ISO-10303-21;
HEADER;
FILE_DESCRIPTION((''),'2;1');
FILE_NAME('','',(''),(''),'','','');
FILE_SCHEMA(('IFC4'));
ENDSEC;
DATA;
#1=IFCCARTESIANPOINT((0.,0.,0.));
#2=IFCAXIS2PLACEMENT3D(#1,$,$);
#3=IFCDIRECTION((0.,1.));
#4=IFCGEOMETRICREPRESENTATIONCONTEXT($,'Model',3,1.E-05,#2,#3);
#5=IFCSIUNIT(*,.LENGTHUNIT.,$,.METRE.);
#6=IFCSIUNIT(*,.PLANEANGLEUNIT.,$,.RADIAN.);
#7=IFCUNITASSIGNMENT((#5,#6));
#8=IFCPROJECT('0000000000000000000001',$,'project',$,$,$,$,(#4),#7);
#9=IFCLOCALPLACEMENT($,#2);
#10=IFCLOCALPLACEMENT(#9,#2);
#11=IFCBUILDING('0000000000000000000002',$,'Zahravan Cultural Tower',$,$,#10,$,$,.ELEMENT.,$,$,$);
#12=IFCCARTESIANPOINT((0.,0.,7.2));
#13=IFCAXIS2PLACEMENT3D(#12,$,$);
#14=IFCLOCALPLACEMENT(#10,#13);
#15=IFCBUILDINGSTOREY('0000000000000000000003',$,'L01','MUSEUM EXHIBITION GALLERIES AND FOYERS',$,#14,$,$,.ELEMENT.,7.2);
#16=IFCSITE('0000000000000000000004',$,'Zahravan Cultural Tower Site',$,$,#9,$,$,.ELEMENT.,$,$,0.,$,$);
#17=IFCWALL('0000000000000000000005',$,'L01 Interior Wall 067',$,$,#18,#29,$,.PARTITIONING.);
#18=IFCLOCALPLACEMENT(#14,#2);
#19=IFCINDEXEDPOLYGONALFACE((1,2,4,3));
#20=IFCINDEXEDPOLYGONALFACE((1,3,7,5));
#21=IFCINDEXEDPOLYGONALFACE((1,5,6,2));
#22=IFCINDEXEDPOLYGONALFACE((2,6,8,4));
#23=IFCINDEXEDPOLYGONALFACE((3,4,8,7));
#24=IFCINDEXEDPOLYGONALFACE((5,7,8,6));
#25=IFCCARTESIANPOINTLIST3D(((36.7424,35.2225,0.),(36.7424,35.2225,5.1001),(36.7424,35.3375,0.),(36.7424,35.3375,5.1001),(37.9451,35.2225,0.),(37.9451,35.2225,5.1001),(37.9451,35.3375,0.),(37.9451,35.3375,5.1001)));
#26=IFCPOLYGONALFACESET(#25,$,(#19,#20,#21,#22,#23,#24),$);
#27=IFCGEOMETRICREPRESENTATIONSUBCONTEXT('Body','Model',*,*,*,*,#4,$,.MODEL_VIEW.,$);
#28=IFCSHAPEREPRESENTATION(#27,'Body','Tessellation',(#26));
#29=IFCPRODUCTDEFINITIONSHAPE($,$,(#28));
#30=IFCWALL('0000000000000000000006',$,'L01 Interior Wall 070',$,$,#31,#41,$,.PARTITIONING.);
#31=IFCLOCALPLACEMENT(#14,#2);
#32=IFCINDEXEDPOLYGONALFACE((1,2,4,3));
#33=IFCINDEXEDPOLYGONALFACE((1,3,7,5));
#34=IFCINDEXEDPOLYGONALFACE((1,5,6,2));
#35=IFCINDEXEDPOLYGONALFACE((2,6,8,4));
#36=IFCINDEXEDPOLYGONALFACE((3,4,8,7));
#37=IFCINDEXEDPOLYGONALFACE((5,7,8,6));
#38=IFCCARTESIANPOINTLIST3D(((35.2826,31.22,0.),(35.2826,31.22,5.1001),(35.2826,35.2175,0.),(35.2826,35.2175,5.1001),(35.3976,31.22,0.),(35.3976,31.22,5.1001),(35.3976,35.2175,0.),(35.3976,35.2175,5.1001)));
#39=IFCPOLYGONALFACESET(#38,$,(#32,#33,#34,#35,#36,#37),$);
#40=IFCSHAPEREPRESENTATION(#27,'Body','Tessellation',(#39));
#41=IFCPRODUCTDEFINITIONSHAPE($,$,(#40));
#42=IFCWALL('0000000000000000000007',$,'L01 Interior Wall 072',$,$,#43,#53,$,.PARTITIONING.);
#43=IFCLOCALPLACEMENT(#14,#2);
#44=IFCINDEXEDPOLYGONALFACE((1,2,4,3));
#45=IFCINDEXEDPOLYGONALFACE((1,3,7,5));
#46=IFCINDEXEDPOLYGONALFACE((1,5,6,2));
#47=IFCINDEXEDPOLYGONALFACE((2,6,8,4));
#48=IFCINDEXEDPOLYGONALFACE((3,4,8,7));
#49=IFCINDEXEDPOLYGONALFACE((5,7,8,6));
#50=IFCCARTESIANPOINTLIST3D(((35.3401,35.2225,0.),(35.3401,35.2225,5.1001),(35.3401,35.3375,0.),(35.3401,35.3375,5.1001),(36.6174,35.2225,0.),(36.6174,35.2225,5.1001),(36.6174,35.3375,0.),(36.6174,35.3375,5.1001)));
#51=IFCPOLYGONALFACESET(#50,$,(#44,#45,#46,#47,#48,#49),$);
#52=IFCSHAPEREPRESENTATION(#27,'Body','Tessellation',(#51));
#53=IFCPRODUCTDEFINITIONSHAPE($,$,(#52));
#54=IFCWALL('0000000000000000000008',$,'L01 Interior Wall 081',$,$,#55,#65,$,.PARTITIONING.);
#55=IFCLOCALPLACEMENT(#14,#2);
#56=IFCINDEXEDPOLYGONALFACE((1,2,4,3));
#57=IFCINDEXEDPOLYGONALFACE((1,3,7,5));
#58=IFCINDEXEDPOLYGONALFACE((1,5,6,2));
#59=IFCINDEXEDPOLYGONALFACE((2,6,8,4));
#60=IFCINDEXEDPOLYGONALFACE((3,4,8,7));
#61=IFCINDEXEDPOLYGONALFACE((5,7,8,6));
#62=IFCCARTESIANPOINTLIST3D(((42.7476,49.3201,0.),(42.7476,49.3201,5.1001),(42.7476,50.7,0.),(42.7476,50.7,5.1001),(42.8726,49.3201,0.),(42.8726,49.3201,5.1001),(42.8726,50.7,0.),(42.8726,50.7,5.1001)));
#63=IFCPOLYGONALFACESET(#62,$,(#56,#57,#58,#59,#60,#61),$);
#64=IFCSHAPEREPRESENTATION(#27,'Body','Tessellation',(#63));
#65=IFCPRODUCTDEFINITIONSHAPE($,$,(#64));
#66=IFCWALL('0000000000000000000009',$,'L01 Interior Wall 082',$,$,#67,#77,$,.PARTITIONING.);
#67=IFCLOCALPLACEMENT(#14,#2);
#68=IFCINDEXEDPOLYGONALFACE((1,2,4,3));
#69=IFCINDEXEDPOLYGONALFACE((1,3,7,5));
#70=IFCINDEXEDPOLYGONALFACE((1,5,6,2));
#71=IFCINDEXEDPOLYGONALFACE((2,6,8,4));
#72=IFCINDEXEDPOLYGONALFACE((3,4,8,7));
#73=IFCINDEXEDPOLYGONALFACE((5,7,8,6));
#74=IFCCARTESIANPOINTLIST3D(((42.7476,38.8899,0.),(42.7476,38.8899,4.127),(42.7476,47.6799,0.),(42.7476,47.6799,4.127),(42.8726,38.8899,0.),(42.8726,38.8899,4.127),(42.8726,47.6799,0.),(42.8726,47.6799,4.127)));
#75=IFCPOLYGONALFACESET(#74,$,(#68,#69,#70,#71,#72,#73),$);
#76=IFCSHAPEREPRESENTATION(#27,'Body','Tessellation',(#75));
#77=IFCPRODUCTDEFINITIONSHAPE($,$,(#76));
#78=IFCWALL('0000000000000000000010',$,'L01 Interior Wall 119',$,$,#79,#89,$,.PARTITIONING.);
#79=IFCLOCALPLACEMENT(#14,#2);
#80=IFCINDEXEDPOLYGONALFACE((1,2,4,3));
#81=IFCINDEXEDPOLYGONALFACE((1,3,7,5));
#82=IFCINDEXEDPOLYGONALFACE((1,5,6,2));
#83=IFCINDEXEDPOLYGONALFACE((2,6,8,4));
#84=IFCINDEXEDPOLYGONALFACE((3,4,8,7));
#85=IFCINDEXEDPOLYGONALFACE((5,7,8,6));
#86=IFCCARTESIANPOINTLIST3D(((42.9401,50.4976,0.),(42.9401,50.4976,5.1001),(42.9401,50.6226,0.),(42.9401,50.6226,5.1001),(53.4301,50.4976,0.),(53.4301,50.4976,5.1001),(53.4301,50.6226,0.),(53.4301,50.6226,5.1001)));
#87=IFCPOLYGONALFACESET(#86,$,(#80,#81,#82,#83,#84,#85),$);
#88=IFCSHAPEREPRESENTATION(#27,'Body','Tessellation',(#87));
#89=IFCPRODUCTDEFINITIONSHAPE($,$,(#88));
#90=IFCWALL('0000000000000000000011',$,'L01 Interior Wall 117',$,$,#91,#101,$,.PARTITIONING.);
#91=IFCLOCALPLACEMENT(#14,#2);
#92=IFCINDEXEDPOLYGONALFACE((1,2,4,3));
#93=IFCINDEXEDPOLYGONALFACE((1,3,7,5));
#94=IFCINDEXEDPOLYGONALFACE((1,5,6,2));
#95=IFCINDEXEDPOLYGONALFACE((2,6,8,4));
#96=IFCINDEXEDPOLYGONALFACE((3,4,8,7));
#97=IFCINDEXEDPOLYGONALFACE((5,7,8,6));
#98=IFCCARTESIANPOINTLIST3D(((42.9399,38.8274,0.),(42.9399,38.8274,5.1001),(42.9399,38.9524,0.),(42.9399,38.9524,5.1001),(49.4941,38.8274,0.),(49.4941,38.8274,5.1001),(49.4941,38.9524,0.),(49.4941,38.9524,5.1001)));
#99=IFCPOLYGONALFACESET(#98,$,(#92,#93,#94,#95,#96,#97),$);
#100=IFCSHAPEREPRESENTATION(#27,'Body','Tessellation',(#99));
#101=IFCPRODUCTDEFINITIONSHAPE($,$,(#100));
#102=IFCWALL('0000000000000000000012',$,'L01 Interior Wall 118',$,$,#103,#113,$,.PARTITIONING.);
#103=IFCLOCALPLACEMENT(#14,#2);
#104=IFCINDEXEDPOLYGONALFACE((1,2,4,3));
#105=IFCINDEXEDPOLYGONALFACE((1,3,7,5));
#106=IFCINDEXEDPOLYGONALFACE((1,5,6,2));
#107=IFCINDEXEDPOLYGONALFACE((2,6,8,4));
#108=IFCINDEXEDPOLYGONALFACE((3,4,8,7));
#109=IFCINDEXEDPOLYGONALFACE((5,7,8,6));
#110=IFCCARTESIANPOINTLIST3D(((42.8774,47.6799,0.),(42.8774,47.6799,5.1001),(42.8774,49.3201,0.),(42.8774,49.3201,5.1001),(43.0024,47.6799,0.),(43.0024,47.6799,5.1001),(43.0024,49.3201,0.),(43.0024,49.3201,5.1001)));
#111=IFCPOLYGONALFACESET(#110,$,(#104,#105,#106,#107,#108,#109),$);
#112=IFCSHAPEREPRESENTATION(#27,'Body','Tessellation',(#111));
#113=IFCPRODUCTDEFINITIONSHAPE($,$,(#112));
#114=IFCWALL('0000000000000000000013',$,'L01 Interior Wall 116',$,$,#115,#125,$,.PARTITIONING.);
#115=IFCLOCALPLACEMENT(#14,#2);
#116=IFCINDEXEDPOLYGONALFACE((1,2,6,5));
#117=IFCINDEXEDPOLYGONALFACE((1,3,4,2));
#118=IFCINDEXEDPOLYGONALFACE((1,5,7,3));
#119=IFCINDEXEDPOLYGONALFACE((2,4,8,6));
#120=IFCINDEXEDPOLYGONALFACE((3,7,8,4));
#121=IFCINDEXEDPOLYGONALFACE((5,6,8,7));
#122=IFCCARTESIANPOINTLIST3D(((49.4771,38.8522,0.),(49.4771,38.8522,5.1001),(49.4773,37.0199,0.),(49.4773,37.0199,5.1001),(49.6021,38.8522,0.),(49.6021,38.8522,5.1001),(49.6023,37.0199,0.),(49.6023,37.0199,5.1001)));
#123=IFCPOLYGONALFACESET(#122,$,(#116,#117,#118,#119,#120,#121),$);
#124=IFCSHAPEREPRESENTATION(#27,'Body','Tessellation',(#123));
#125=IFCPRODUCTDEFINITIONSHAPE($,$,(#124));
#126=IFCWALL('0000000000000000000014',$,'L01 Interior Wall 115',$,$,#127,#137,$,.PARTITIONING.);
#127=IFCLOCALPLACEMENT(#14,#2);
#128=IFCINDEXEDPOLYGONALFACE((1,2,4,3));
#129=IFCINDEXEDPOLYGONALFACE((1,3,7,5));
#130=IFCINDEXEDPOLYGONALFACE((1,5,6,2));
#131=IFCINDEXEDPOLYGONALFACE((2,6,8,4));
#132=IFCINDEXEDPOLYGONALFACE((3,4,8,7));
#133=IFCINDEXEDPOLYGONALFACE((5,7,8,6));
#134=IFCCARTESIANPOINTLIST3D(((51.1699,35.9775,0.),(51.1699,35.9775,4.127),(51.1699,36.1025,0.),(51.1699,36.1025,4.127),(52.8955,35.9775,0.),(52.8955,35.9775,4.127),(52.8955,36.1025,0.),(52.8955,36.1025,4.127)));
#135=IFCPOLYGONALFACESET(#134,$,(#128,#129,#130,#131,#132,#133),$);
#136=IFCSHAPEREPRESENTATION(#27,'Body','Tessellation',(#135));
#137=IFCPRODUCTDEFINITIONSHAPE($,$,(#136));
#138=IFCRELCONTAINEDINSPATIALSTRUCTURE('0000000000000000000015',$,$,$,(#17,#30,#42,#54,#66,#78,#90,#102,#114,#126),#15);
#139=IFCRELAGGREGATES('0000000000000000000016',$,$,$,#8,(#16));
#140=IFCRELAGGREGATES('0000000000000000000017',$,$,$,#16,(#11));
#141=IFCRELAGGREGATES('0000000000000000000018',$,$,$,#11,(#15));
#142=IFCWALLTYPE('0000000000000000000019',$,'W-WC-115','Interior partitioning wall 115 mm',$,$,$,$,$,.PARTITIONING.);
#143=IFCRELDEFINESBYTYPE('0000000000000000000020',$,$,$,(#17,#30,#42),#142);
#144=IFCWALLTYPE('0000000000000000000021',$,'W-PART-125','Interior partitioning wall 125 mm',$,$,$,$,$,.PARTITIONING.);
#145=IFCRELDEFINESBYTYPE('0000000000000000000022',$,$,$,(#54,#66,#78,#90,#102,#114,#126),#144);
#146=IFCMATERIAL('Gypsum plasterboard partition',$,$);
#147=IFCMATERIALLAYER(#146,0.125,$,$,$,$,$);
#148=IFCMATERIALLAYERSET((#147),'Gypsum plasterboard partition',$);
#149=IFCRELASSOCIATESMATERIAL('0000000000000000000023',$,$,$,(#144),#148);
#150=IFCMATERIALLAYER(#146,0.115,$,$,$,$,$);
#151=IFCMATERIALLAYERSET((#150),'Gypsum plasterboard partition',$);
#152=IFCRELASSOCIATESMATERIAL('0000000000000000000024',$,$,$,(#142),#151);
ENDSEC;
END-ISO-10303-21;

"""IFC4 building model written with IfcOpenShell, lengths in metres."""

from ifc_helpers import new_model, si_unit, direction, frame, frame_2d, origin, place, context, subcontext, project, spatial, rectangle, extrude, source, transform, mapped, material, layer, layer_set, type_object, element, save


model = new_model("IFC4")

# Units and contexts
model_context = context("Model", 3, precision=1e-05, world=origin(), true_north=direction((0.0, 1.0)))
body_context = subcontext(model_context, "Body", "Model", "MODEL_VIEW")
ifc_project = project(units=[si_unit("LENGTHUNIT", "METRE"), si_unit("PLANEANGLEUNIT", "RADIAN")], contexts=[model_context])

# Site, building, storey
site_placement = place(None, origin())
site = spatial("IfcSite", under=ifc_project, at=site_placement, Name="Zahravan Cultural Tower Site", CompositionType="ELEMENT", RefElevation=0.0)
building_placement = place(site_placement, origin())
building = spatial("IfcBuilding", under=site, at=building_placement, Name="Zahravan Cultural Tower", CompositionType="ELEMENT")
storey_placement = place(building_placement, frame((0.0, 0.0, 7.2)))
storey = spatial("IfcBuildingStorey", under=building, at=storey_placement, Name="L01", Description="MUSEUM EXHIBITION GALLERIES AND FOYERS", CompositionType="ELEMENT", Elevation=7.2)

# Shared definitions
ifc_material_1 = material(Name="Gypsum plasterboard partition")
ifc_layer_1 = layer(ifc_material_1, 0.125)
ifc_layer_set_1 = layer_set([ifc_layer_1], Name="Gypsum plasterboard partition")
wall_type_1 = type_object("IfcWallType", Name="W-PART-125", Description="Interior partitioning wall 125 mm", PredefinedType="PARTITIONING", material=ifc_layer_set_1)

# Walls
ifc_layer_2 = layer(ifc_material_1, 0.115)
ifc_layer_set_2 = layer_set([ifc_layer_2], Name="Gypsum plasterboard partition")
wall_type_2 = type_object("IfcWallType", Name="W-WC-115", Description="Interior partitioning wall 115 mm", PredefinedType="PARTITIONING", material=ifc_layer_set_2)
shared_shape_1 = source(origin(), body_context, "Body", "SweptSolid", [
    extrude(rectangle(XDim=1.2026, YDim=0.115, at=frame_2d((0.6013, 0.0))), origin(), (0.0, 0.0, 1.0), 5.1001),
])
wall_1_placement = place(storey_placement, frame((36.7424, 35.28, 0.0), z_axis=(0.0, 0.0, 1.0), x_axis=(1.0, 0.0, 0.0)))
element("IfcWall", 1, at=wall_1_placement, inside=storey, type_object=wall_type_2, Name="L01 Interior Wall 067", PredefinedType="PARTITIONING", context=body_context, shape_type="MappedRepresentation", body=[
    mapped(shared_shape_1, transform((0.0, 0.0, 0.0), x_axis=(1.0, 0.0, 0.0), y_axis=(0.0, 1.0, 0.0), z_axis=(0.0, 0.0, 1.0), scale=1.0)),
])
shared_shape_2 = source(origin(), body_context, "Body", "SweptSolid", [
    extrude(rectangle(XDim=3.9976, YDim=0.115, at=frame_2d((1.9988, 0.0))), origin(), (0.0, 0.0, 1.0), 5.1001),
])
wall_2_placement = place(storey_placement, frame((35.3401, 35.2175, 0.0), z_axis=(0.0, 0.0, 1.0), x_axis=(0.0, -1.0, 0.0)))
element("IfcWall", 2, at=wall_2_placement, inside=storey, type_object=wall_type_2, Name="L01 Interior Wall 070", PredefinedType="PARTITIONING", context=body_context, shape_type="MappedRepresentation", body=[
    mapped(shared_shape_2, transform((0.0, 0.0, 0.0), x_axis=(1.0, 0.0, 0.0), y_axis=(0.0, 1.0, 0.0), z_axis=(0.0, 0.0, 1.0), scale=1.0)),
])
shared_shape_3 = source(origin(), body_context, "Body", "SweptSolid", [
    extrude(rectangle(XDim=1.2773, YDim=0.115, at=frame_2d((0.6387, 0.0))), origin(), (0.0, 0.0, 1.0), 5.1001),
])
wall_3_placement = place(storey_placement, frame((35.3401, 35.28, 0.0), z_axis=(0.0, 0.0, 1.0), x_axis=(1.0, 0.0, 0.0)))
element("IfcWall", 3, at=wall_3_placement, inside=storey, type_object=wall_type_2, Name="L01 Interior Wall 072", PredefinedType="PARTITIONING", context=body_context, shape_type="MappedRepresentation", body=[
    mapped(shared_shape_3, transform((0.0, 0.0, 0.0), x_axis=(1.0, 0.0, 0.0), y_axis=(0.0, 1.0, 0.0), z_axis=(0.0, 0.0, 1.0), scale=1.0)),
])
shared_shape_4 = source(origin(), body_context, "Body", "SweptSolid", [
    extrude(rectangle(XDim=1.3799, YDim=0.125, at=frame_2d((0.6899, 0.0))), origin(), (0.0, 0.0, 1.0), 5.1001),
])
wall_4_placement = place(storey_placement, frame((42.8101, 50.7, 0.0), z_axis=(0.0, 0.0, 1.0), x_axis=(0.0, -1.0, 0.0)))
element("IfcWall", 4, at=wall_4_placement, inside=storey, type_object=wall_type_1, Name="L01 Interior Wall 081", PredefinedType="PARTITIONING", context=body_context, shape_type="MappedRepresentation", body=[
    mapped(shared_shape_4, transform((0.0, 0.0, 0.0), x_axis=(1.0, 0.0, 0.0), y_axis=(0.0, 1.0, 0.0), z_axis=(0.0, 0.0, 1.0), scale=1.0)),
])
shared_shape_5 = source(origin(), body_context, "Body", "SweptSolid", [
    extrude(rectangle(XDim=8.79, YDim=0.125, at=frame_2d((4.395, 0.0))), origin(), (0.0, 0.0, 1.0), 4.127),
])
wall_5_placement = place(storey_placement, frame((42.8101, 47.6799, 0.0), z_axis=(0.0, 0.0, 1.0), x_axis=(0.0, -1.0, 0.0)))
element("IfcWall", 5, at=wall_5_placement, inside=storey, type_object=wall_type_1, Name="L01 Interior Wall 082", PredefinedType="PARTITIONING", context=body_context, shape_type="MappedRepresentation", body=[
    mapped(shared_shape_5, transform((0.0, 0.0, 0.0), x_axis=(1.0, 0.0, 0.0), y_axis=(0.0, 1.0, 0.0), z_axis=(0.0, 0.0, 1.0), scale=1.0)),
])
shared_shape_6 = source(origin(), body_context, "Body", "SweptSolid", [
    extrude(rectangle(XDim=10.49, YDim=0.125, at=frame_2d((5.2451, 0.0))), origin(), (0.0, 0.0, 1.0), 5.1001),
])
wall_6_placement = place(storey_placement, frame((42.9399, 50.5601, 0.0), z_axis=(0.0, 0.0, 1.0), x_axis=(1.0, 0.0, 0.0)))
element("IfcWall", 6, at=wall_6_placement, inside=storey, type_object=wall_type_1, Name="L01 Interior Wall 119", PredefinedType="PARTITIONING", context=body_context, shape_type="MappedRepresentation", body=[
    mapped(shared_shape_6, transform((0.0, 0.0, 0.0), x_axis=(1.0, 0.0, 0.0), y_axis=(0.0, 1.0, 0.0), z_axis=(0.0, 0.0, 1.0), scale=1.0)),
])
shared_shape_7 = source(origin(), body_context, "Body", "SweptSolid", [
    extrude(rectangle(XDim=6.5542, YDim=0.125, at=frame_2d((3.2771, 0.0))), origin(), (0.0, 0.0, 1.0), 5.1001),
])
wall_7_placement = place(storey_placement, frame((49.4941, 38.8899, 0.0), z_axis=(0.0, 0.0, 1.0), x_axis=(-1.0, 0.0, 0.0)))
element("IfcWall", 7, at=wall_7_placement, inside=storey, type_object=wall_type_1, Name="L01 Interior Wall 117", PredefinedType="PARTITIONING", context=body_context, shape_type="MappedRepresentation", body=[
    mapped(shared_shape_7, transform((0.0, 0.0, 0.0), x_axis=(1.0, 0.0, 0.0), y_axis=(0.0, 1.0, 0.0), z_axis=(0.0, 0.0, 1.0), scale=1.0)),
])
shared_shape_8 = source(origin(), body_context, "Body", "SweptSolid", [
    extrude(rectangle(XDim=1.6401, YDim=0.125, at=frame_2d((0.8201, 0.0))), origin(), (0.0, 0.0, 1.0), 5.1001),
])
wall_8_placement = place(storey_placement, frame((42.9399, 47.6799, 0.0), z_axis=(0.0, 0.0, 1.0), x_axis=(0.0, 1.0, 0.0)))
element("IfcWall", 8, at=wall_8_placement, inside=storey, type_object=wall_type_1, Name="L01 Interior Wall 118", PredefinedType="PARTITIONING", context=body_context, shape_type="MappedRepresentation", body=[
    mapped(shared_shape_8, transform((0.0, 0.0, 0.0), x_axis=(1.0, 0.0, 0.0), y_axis=(0.0, 1.0, 0.0), z_axis=(0.0, 0.0, 1.0), scale=1.0)),
])
shared_shape_9 = source(origin(), body_context, "Body", "SweptSolid", [
    extrude(rectangle(XDim=1.8323, YDim=0.125, at=frame_2d((0.916, 0.0))), origin(), (0.0, 0.0, 1.0), 5.1001),
])
wall_9_placement = place(storey_placement, frame((49.5398, 37.02, 0.0), z_axis=(0.0, 0.0, 1.0), x_axis=(-0.000133, 1.0, 0.0)))
element("IfcWall", 9, at=wall_9_placement, inside=storey, type_object=wall_type_1, Name="L01 Interior Wall 116", PredefinedType="PARTITIONING", context=body_context, shape_type="MappedRepresentation", body=[
    mapped(shared_shape_9, transform((0.0, 0.0, 0.0), x_axis=(1.0, 0.0, 0.0), y_axis=(0.0, 1.0, 0.0), z_axis=(0.0, 0.0, 1.0), scale=1.0)),
])
shared_shape_10 = source(origin(), body_context, "Body", "SweptSolid", [
    extrude(rectangle(XDim=1.7256, YDim=0.125, at=frame_2d((0.8628, 0.0))), origin(), (0.0, 0.0, 1.0), 4.127),
])
wall_10_placement = place(storey_placement, frame((52.8955, 36.04, 0.0), z_axis=(0.0, 0.0, 1.0), x_axis=(-1.0, 0.0, 0.0)))
element("IfcWall", 10, at=wall_10_placement, inside=storey, type_object=wall_type_1, Name="L01 Interior Wall 115", PredefinedType="PARTITIONING", context=body_context, shape_type="MappedRepresentation", body=[
    mapped(shared_shape_10, transform((0.0, 0.0, 0.0), x_axis=(1.0, 0.0, 0.0), y_axis=(0.0, 1.0, 0.0), z_axis=(0.0, 0.0, 1.0), scale=1.0)),
])

save(model, "model.ifc")
